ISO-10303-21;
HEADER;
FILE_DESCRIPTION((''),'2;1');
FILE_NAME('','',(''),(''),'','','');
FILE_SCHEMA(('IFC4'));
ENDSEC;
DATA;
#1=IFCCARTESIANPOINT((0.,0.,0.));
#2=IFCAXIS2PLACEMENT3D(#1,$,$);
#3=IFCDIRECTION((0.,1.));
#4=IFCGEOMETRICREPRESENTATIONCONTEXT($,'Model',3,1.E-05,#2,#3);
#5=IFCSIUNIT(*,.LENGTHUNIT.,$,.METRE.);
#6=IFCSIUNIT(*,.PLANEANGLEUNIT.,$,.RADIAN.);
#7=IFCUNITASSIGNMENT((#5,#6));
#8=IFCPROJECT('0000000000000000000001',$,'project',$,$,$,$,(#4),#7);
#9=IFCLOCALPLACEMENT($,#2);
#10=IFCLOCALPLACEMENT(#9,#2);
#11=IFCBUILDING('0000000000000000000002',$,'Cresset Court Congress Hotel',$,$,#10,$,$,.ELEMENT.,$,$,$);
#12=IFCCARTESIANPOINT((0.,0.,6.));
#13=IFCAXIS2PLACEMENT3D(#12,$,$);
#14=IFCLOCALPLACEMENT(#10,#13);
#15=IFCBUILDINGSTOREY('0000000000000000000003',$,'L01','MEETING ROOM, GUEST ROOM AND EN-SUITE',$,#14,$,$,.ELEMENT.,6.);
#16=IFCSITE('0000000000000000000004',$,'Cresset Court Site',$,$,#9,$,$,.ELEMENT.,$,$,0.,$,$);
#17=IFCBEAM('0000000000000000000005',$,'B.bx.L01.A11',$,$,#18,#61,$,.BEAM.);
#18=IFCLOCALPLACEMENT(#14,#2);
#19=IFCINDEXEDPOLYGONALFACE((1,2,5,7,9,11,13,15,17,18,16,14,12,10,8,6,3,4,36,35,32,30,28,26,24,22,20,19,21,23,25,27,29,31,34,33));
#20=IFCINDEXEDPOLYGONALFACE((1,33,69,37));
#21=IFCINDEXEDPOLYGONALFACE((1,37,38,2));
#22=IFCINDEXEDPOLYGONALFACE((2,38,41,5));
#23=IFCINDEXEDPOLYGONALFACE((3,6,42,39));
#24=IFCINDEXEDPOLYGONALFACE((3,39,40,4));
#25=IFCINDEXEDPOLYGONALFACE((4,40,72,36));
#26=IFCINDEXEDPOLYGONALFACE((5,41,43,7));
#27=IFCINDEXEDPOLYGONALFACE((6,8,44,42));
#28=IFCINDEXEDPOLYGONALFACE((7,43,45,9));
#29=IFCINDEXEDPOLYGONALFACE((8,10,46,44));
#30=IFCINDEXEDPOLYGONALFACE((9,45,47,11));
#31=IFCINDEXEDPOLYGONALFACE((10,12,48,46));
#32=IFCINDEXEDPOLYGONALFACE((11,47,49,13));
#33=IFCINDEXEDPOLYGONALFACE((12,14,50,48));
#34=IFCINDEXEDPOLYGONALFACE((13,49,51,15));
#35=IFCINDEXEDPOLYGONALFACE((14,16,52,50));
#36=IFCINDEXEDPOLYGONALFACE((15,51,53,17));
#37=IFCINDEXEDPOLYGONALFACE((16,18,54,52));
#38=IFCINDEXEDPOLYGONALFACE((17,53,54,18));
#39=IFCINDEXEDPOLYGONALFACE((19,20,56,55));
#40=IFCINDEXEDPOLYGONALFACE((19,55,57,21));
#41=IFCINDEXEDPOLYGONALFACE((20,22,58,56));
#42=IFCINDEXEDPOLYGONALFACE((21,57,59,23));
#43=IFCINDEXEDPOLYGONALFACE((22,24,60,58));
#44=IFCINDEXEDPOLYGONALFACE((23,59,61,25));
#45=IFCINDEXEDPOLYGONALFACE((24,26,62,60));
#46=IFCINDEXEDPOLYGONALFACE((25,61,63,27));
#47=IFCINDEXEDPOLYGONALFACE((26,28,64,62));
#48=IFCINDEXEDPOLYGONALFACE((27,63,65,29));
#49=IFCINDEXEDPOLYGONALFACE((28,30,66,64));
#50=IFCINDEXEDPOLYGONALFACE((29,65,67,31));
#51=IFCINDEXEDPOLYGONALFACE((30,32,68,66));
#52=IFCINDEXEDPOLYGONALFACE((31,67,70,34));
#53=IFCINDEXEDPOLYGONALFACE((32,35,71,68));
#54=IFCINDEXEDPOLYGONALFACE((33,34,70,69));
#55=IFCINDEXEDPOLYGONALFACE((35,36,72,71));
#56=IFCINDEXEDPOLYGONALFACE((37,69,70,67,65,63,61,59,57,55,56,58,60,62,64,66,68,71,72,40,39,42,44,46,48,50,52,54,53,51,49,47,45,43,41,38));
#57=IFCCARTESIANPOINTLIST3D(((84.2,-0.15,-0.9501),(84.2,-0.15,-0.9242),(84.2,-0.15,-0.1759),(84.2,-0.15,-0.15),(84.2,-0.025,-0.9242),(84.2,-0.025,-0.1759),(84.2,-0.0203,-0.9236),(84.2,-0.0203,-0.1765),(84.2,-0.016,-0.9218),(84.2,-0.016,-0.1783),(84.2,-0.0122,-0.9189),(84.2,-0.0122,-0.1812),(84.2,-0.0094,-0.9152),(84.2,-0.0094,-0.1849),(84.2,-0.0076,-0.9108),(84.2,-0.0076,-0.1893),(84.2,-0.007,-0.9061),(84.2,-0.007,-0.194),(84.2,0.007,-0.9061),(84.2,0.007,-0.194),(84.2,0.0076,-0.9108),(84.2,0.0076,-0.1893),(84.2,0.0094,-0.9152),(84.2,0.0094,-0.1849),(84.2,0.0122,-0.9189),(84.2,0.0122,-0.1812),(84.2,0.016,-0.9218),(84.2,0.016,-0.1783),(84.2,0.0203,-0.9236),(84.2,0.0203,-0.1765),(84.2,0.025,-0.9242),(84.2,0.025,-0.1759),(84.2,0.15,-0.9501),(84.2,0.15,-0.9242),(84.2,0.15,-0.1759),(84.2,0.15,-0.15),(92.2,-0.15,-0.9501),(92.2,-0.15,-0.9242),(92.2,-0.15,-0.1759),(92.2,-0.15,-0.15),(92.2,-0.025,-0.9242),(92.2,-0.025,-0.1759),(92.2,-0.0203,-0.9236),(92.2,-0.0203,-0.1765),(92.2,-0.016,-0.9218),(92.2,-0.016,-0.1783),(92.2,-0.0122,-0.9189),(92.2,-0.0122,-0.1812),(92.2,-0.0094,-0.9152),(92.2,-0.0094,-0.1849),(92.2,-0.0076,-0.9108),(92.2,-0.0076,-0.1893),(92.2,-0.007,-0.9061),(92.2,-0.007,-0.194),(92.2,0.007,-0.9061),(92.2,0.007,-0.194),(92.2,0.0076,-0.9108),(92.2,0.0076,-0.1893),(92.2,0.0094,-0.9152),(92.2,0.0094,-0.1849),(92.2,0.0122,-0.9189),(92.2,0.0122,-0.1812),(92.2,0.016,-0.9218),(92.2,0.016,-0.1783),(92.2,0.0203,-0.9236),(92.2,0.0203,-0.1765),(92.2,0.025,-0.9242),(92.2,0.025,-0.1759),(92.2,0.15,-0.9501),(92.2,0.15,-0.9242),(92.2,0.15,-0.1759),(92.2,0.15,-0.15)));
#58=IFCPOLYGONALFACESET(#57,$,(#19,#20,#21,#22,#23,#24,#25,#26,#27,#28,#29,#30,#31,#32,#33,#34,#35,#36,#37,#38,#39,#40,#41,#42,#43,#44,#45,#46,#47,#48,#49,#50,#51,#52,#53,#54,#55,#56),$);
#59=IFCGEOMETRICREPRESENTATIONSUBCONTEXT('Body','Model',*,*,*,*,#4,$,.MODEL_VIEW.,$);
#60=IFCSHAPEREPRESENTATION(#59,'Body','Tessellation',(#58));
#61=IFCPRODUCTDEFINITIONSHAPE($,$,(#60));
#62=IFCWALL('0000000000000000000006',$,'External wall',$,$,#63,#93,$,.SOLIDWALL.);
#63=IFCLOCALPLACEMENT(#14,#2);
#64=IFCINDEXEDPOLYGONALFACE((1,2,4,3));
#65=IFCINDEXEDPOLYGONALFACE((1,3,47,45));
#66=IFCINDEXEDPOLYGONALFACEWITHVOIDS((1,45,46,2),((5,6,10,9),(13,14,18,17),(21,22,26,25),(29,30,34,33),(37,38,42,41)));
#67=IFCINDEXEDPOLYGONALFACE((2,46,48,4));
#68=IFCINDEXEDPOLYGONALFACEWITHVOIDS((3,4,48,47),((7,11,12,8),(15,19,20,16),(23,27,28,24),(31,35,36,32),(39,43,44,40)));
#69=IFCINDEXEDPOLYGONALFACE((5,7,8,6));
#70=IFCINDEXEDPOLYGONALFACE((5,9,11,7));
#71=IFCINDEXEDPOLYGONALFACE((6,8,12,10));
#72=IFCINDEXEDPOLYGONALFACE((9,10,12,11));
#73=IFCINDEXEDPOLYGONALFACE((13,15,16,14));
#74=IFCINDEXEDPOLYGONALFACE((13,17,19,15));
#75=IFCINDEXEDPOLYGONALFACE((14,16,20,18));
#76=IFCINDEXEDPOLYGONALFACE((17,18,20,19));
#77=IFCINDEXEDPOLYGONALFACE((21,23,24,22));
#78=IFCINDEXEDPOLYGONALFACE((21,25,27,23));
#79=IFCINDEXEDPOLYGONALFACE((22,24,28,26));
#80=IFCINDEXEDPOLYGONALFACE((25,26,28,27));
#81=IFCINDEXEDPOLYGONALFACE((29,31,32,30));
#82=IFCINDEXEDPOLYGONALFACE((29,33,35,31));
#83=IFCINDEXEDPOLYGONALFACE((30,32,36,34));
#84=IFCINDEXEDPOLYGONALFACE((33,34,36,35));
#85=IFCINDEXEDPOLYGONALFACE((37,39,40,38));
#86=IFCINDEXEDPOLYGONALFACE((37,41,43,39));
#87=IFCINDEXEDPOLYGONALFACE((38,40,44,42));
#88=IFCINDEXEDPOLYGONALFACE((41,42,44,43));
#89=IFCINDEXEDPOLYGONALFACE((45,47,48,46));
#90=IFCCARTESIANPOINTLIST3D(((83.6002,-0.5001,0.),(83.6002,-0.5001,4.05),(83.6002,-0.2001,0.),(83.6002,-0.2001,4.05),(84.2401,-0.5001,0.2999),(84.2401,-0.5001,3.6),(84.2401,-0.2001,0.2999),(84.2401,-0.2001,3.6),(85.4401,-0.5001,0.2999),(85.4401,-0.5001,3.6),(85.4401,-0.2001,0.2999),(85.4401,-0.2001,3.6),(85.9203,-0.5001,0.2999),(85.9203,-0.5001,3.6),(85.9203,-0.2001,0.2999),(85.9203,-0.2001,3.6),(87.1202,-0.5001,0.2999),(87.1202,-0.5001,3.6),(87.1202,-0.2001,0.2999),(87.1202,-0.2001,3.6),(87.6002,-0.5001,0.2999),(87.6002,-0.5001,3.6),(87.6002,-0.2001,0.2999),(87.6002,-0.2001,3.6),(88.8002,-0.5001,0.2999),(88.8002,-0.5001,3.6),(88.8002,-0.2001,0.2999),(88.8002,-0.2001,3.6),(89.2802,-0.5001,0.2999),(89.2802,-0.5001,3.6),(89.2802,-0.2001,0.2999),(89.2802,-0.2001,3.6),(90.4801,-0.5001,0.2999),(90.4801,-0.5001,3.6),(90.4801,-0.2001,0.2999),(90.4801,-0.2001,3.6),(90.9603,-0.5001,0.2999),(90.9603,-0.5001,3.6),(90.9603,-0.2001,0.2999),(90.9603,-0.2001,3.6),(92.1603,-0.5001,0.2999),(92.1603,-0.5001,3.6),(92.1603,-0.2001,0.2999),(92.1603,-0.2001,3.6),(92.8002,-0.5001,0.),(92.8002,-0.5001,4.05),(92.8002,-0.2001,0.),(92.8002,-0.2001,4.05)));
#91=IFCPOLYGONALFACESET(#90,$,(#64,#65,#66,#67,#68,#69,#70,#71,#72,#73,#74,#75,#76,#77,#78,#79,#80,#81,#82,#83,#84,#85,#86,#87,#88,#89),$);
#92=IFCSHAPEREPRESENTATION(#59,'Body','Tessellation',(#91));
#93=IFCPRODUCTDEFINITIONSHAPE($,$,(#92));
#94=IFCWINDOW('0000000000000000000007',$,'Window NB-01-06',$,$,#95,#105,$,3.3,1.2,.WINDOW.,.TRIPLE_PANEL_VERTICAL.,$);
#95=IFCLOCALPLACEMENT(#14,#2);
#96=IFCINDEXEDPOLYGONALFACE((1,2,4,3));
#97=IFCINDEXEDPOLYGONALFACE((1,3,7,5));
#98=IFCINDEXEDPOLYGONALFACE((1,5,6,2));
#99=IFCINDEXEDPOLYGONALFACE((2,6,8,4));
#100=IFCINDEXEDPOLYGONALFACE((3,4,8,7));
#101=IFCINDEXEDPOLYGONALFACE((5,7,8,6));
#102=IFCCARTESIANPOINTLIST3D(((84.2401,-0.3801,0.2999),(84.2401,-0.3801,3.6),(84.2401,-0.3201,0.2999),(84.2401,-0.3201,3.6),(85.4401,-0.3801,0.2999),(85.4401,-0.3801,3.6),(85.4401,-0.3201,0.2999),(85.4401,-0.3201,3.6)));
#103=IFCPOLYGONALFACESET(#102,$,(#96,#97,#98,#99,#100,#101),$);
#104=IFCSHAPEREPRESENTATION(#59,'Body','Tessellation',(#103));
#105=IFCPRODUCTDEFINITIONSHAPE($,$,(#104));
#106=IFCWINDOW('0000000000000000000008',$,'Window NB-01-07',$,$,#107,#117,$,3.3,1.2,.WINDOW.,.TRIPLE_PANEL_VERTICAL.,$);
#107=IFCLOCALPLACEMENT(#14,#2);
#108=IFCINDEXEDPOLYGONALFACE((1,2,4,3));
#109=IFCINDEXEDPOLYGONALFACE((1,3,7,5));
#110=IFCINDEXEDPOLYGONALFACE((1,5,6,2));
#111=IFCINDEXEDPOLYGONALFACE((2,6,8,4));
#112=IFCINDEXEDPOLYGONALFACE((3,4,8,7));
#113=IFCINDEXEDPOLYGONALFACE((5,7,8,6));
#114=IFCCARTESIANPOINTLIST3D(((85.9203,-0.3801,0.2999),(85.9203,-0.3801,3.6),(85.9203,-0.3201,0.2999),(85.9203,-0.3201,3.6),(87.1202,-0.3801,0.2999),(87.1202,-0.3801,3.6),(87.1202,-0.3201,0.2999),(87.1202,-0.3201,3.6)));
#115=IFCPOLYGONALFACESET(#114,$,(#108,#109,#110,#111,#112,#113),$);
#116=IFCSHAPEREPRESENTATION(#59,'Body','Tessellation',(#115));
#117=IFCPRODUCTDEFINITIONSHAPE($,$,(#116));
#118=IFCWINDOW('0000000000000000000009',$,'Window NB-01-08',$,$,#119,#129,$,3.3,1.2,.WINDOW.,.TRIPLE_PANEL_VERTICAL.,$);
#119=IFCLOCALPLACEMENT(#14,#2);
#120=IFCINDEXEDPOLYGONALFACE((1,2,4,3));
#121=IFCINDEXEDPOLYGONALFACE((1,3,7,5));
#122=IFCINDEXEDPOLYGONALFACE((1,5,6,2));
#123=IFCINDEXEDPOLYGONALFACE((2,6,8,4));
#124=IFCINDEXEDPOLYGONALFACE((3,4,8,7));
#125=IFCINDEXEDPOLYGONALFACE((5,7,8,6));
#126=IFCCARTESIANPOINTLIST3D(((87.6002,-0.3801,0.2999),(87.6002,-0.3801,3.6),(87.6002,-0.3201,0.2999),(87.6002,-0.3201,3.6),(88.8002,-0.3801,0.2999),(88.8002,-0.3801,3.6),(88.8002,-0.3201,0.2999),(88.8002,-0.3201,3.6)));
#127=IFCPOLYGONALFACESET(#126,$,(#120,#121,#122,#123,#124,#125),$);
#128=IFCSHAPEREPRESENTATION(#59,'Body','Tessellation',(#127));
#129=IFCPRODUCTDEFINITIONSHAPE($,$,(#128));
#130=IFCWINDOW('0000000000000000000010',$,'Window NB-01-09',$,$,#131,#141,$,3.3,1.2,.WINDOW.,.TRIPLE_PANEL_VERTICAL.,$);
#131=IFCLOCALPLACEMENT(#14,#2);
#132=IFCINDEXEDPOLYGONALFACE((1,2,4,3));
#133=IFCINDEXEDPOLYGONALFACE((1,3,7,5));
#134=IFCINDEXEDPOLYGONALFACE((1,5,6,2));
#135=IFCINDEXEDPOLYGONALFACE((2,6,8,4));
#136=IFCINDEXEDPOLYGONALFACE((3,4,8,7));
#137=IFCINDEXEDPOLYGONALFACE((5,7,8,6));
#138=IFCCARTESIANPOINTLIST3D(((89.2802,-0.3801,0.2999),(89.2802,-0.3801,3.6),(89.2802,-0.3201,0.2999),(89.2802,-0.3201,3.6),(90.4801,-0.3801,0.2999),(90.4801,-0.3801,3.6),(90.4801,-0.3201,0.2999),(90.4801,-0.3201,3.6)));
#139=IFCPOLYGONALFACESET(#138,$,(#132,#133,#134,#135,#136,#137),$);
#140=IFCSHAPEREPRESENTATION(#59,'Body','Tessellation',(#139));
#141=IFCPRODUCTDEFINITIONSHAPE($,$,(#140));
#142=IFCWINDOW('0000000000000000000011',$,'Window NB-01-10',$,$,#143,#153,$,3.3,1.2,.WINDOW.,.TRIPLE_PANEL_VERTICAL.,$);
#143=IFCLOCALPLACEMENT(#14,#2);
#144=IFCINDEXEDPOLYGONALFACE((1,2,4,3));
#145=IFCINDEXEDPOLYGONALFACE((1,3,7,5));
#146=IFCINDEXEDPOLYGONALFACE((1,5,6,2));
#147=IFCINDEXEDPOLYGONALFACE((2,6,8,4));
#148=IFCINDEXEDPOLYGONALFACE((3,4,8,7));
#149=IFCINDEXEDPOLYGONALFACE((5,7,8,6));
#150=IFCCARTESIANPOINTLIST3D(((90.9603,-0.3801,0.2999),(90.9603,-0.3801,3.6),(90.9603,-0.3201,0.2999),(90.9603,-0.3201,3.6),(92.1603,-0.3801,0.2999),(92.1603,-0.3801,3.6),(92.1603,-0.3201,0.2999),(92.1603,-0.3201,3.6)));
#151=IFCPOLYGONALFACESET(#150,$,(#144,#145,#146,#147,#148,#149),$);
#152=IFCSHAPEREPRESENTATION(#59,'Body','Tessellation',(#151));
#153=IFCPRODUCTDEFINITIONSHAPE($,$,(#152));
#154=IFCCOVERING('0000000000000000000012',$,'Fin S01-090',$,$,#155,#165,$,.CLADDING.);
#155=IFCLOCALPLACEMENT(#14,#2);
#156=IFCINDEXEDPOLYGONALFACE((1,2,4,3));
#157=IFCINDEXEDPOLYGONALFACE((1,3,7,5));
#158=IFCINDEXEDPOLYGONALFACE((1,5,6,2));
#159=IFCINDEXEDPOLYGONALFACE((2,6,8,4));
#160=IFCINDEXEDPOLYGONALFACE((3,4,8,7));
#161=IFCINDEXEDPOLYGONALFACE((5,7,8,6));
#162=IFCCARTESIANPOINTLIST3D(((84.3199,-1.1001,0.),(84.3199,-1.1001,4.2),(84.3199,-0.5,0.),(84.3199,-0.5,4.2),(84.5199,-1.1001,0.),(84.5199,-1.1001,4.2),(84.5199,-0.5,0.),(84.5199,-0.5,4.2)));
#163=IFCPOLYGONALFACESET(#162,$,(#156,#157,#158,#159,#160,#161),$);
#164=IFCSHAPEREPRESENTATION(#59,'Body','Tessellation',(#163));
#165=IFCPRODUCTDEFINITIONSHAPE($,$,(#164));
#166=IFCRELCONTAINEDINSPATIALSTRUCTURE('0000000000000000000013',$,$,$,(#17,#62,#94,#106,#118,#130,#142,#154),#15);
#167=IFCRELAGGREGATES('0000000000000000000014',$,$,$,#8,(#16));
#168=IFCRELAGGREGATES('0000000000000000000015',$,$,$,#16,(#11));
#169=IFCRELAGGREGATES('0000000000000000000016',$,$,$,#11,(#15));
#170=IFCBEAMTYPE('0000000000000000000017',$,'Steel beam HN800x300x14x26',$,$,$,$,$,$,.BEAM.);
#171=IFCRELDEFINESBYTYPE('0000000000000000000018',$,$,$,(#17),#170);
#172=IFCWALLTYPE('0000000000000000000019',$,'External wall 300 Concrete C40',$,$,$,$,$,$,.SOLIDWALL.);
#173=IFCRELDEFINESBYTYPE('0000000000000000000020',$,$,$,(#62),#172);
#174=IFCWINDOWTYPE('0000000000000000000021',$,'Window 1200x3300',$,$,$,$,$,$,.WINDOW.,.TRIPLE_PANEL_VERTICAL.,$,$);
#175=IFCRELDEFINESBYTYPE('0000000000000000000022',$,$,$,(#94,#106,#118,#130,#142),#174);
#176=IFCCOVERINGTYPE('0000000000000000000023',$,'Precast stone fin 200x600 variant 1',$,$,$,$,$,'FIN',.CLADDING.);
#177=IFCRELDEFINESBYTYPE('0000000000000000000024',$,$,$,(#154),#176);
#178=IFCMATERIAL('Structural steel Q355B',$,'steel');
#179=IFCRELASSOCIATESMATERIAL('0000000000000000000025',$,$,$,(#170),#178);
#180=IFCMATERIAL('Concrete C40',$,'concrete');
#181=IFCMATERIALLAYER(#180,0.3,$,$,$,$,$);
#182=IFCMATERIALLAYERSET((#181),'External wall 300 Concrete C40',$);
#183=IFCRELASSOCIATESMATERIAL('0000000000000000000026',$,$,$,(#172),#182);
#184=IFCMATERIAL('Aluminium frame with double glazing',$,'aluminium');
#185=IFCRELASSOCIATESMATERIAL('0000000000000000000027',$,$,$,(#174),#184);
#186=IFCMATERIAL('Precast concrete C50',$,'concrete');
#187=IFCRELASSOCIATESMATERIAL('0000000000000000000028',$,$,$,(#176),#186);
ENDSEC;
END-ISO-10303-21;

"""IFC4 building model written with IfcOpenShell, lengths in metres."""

from ifc_helpers import new_model, si_unit, direction, frame, frame_2d, origin, origin_2d, place, context, subcontext, project, spatial, rectangle, i_section, extrude, material, layer, layer_set, material_profile, profile_set, type_object, element, fill, save


model = new_model("IFC4")

# Units and contexts
model_context = context("Model", 3, precision=1e-05, world=origin(), true_north=direction((0.0, 1.0)))
body_context = subcontext(model_context, "Body", "Model", "MODEL_VIEW")
ifc_project = project(units=[si_unit("LENGTHUNIT", "METRE"), si_unit("PLANEANGLEUNIT", "RADIAN")], contexts=[model_context])

# Site, building, storey
site_placement = place(None, origin())
site = spatial("IfcSite", under=ifc_project, at=site_placement, Name="Cresset Court Site", CompositionType="ELEMENT", RefElevation=0.0)
building_placement = place(site_placement, origin())
building = spatial("IfcBuilding", under=site, at=building_placement, Name="Cresset Court Congress Hotel", CompositionType="ELEMENT")
storey_placement = place(building_placement, frame((0.0, 0.0, 6.0)))
storey = spatial("IfcBuildingStorey", under=building, at=storey_placement, Name="L01", Description="MEETING ROOM, GUEST ROOM AND EN-SUITE", CompositionType="ELEMENT", Elevation=6.0)

# Beam
ifc_material_1 = material(Name="Structural steel Q355B", Category="steel")
ifc_material_profile_1 = material_profile(ifc_material_1, i_section(OverallWidth=0.3, OverallDepth=0.8, WebThickness=0.0139, FlangeThickness=0.0259, FilletRadius=0.0181, at=origin_2d()), Name="HN800x300x14x26")
ifc_profile_set_1 = profile_set([ifc_material_profile_1], Name="Structural steel Q355B")
beam_type = type_object("IfcBeamType", Name="Steel beam HN800x300x14x26", PredefinedType="BEAM", material=ifc_profile_set_1)
beam_placement = place(storey_placement, frame((84.2, 0.0, -0.55), z_axis=(1.0, 0.0, 0.0), x_axis=(0.0, 1.0, 0.0)))
element("IfcBeam", 1, at=beam_placement, inside=storey, type_object=beam_type, Name="B.bx.L01.A11", PredefinedType="BEAM", context=body_context, shape_type="SweptSolid", body=[
    extrude(i_section(OverallWidth=0.3, OverallDepth=0.8, WebThickness=0.0139, FlangeThickness=0.0259, FilletRadius=0.0181, at=origin_2d()), origin(), (0.0, 0.0, 1.0), 8.0),
])

# Wall, openings, windows
ifc_material_2 = material(Name="Concrete C40", Category="concrete")
ifc_layer_1 = layer(ifc_material_2, 0.3)
ifc_layer_set_1 = layer_set([ifc_layer_1], Name="External wall 300 Concrete C40")
wall_type = type_object("IfcWallType", Name="External wall 300 Concrete C40", PredefinedType="SOLIDWALL", material=ifc_layer_set_1)
wall_placement = place(storey_placement, frame((83.6001, -0.3501, 0.0), z_axis=(0.0, 0.0, 1.0), x_axis=(1.0, 0.0, 0.0)))
wall = element("IfcWall", 2, at=wall_placement, inside=storey, type_object=wall_type, Name="External wall", PredefinedType="SOLIDWALL", context=body_context, shape_type="SweptSolid", body=[
    extrude(rectangle(XDim=9.2, YDim=0.3, at=frame_2d((4.6001, 0.0))), origin(), (0.0, 0.0, 1.0), 4.05),
])
opening_1_placement = place(wall_placement, frame((0.6399, 0.0, 0.3)))
opening_1 = element("IfcOpeningElement", 3, at=opening_1_placement, cuts=wall, PredefinedType="OPENING", context=body_context, shape_type="SweptSolid", body=[
    extrude(rectangle(XDim=1.2, YDim=3.3, at=frame_2d((0.6001, 1.6499))), frame((0.0, 0.1599, 0.0), z_axis=(0.0, -1.0, 0.0), x_axis=(1.0, 0.0, 0.0)), (0.0, 0.0, 1.0), 0.3201),
])
opening_2_placement = place(wall_placement, frame((2.3201, 0.0, 0.3)))
opening_2 = element("IfcOpeningElement", 4, at=opening_2_placement, cuts=wall, PredefinedType="OPENING", context=body_context, shape_type="SweptSolid", body=[
    extrude(rectangle(XDim=1.2, YDim=3.3, at=frame_2d((0.6001, 1.6499))), frame((0.0, 0.1599, 0.0), z_axis=(0.0, -1.0, 0.0), x_axis=(1.0, 0.0, 0.0)), (0.0, 0.0, 1.0), 0.3201),
])
opening_3_placement = place(wall_placement, frame((4.0, 0.0, 0.3)))
opening_3 = element("IfcOpeningElement", 5, at=opening_3_placement, cuts=wall, PredefinedType="OPENING", context=body_context, shape_type="SweptSolid", body=[
    extrude(rectangle(XDim=1.2, YDim=3.3, at=frame_2d((0.6001, 1.6499))), frame((0.0, 0.1599, 0.0), z_axis=(0.0, -1.0, 0.0), x_axis=(1.0, 0.0, 0.0)), (0.0, 0.0, 1.0), 0.3201),
])
opening_4_placement = place(wall_placement, frame((5.6799, 0.0, 0.3)))
opening_4 = element("IfcOpeningElement", 6, at=opening_4_placement, cuts=wall, PredefinedType="OPENING", context=body_context, shape_type="SweptSolid", body=[
    extrude(rectangle(XDim=1.2, YDim=3.3, at=frame_2d((0.6001, 1.6499))), frame((0.0, 0.1599, 0.0), z_axis=(0.0, -1.0, 0.0), x_axis=(1.0, 0.0, 0.0)), (0.0, 0.0, 1.0), 0.3201),
])
opening_5_placement = place(wall_placement, frame((7.3601, 0.0, 0.3)))
opening_5 = element("IfcOpeningElement", 7, at=opening_5_placement, cuts=wall, PredefinedType="OPENING", context=body_context, shape_type="SweptSolid", body=[
    extrude(rectangle(XDim=1.2, YDim=3.3, at=frame_2d((0.6001, 1.6499))), frame((0.0, 0.1599, 0.0), z_axis=(0.0, -1.0, 0.0), x_axis=(1.0, 0.0, 0.0)), (0.0, 0.0, 1.0), 0.3201),
])
ifc_material_3 = material(Name="Aluminium frame with double glazing", Category="aluminium")
window_type = type_object("IfcWindowType", Name="Window 1200x3300", PartitioningType="TRIPLE_PANEL_VERTICAL", PredefinedType="WINDOW", material=ifc_material_3)
window_1_placement = place(opening_1_placement, origin())
window_1 = element("IfcWindow", 8, at=window_1_placement, inside=storey, type_object=window_type, Name="Window NB-01-06", OverallHeight=3.3, OverallWidth=1.2, PartitioningType="TRIPLE_PANEL_VERTICAL", PredefinedType="WINDOW", context=body_context, shape_type="SweptSolid", body=[
    extrude(rectangle(XDim=1.2, YDim=3.3, at=frame_2d((0.6001, 1.6499))), frame((0.0, 0.03, 0.0), z_axis=(0.0, -1.0, 0.0), x_axis=(1.0, 0.0, 0.0)), (0.0, 0.0, 1.0), 0.0601),
])
fill(opening_1, window_1)
window_2_placement = place(opening_2_placement, origin())
window_2 = element("IfcWindow", 9, at=window_2_placement, inside=storey, type_object=window_type, Name="Window NB-01-07", OverallHeight=3.3, OverallWidth=1.2, PartitioningType="TRIPLE_PANEL_VERTICAL", PredefinedType="WINDOW", context=body_context, shape_type="SweptSolid", body=[
    extrude(rectangle(XDim=1.2, YDim=3.3, at=frame_2d((0.6001, 1.6499))), frame((0.0, 0.03, 0.0), z_axis=(0.0, -1.0, 0.0), x_axis=(1.0, 0.0, 0.0)), (0.0, 0.0, 1.0), 0.0601),
])
fill(opening_2, window_2)
window_3_placement = place(opening_3_placement, origin())
window_3 = element("IfcWindow", 10, at=window_3_placement, inside=storey, type_object=window_type, Name="Window NB-01-08", OverallHeight=3.3, OverallWidth=1.2, PartitioningType="TRIPLE_PANEL_VERTICAL", PredefinedType="WINDOW", context=body_context, shape_type="SweptSolid", body=[
    extrude(rectangle(XDim=1.2, YDim=3.3, at=frame_2d((0.6001, 1.6499))), frame((0.0, 0.03, 0.0), z_axis=(0.0, -1.0, 0.0), x_axis=(1.0, 0.0, 0.0)), (0.0, 0.0, 1.0), 0.0601),
])
fill(opening_3, window_3)
window_4_placement = place(opening_4_placement, origin())
window_4 = element("IfcWindow", 11, at=window_4_placement, inside=storey, type_object=window_type, Name="Window NB-01-09", OverallHeight=3.3, OverallWidth=1.2, PartitioningType="TRIPLE_PANEL_VERTICAL", PredefinedType="WINDOW", context=body_context, shape_type="SweptSolid", body=[
    extrude(rectangle(XDim=1.2, YDim=3.3, at=frame_2d((0.6001, 1.6499))), frame((0.0, 0.03, 0.0), z_axis=(0.0, -1.0, 0.0), x_axis=(1.0, 0.0, 0.0)), (0.0, 0.0, 1.0), 0.0601),
])
fill(opening_4, window_4)
window_5_placement = place(opening_5_placement, origin())
window_5 = element("IfcWindow", 12, at=window_5_placement, inside=storey, type_object=window_type, Name="Window NB-01-10", OverallHeight=3.3, OverallWidth=1.2, PartitioningType="TRIPLE_PANEL_VERTICAL", PredefinedType="WINDOW", context=body_context, shape_type="SweptSolid", body=[
    extrude(rectangle(XDim=1.2, YDim=3.3, at=frame_2d((0.6001, 1.6499))), frame((0.0, 0.03, 0.0), z_axis=(0.0, -1.0, 0.0), x_axis=(1.0, 0.0, 0.0)), (0.0, 0.0, 1.0), 0.0601),
])
fill(opening_5, window_5)

# Covering
ifc_material_4 = material(Name="Precast concrete C50", Category="concrete")
covering_type_1 = type_object("IfcCoveringType", Name="Precast stone fin 200x600 variant 1", ElementType="FIN", PredefinedType="CLADDING", material=ifc_material_4)
for number, where, z_axis, x_axis, name in (
    (13, (84.4199, -0.8, 0.0), (0.0, 0.0, 1.0), (1.0, 0.0, 0.0), "Fin S01-090"),
):
    element("IfcCovering", number, at=place(storey_placement, frame(where, z_axis=z_axis, x_axis=x_axis)), inside=storey, type_object=covering_type_1, Name=name, PredefinedType="CLADDING", context=body_context, shape_type="SweptSolid", body=[
        extrude(rectangle(XDim=0.2, YDim=0.6001, at=origin_2d()), origin(), (0.0, 0.0, 1.0), 4.2),
    ])

save(model, "model.ifc")
